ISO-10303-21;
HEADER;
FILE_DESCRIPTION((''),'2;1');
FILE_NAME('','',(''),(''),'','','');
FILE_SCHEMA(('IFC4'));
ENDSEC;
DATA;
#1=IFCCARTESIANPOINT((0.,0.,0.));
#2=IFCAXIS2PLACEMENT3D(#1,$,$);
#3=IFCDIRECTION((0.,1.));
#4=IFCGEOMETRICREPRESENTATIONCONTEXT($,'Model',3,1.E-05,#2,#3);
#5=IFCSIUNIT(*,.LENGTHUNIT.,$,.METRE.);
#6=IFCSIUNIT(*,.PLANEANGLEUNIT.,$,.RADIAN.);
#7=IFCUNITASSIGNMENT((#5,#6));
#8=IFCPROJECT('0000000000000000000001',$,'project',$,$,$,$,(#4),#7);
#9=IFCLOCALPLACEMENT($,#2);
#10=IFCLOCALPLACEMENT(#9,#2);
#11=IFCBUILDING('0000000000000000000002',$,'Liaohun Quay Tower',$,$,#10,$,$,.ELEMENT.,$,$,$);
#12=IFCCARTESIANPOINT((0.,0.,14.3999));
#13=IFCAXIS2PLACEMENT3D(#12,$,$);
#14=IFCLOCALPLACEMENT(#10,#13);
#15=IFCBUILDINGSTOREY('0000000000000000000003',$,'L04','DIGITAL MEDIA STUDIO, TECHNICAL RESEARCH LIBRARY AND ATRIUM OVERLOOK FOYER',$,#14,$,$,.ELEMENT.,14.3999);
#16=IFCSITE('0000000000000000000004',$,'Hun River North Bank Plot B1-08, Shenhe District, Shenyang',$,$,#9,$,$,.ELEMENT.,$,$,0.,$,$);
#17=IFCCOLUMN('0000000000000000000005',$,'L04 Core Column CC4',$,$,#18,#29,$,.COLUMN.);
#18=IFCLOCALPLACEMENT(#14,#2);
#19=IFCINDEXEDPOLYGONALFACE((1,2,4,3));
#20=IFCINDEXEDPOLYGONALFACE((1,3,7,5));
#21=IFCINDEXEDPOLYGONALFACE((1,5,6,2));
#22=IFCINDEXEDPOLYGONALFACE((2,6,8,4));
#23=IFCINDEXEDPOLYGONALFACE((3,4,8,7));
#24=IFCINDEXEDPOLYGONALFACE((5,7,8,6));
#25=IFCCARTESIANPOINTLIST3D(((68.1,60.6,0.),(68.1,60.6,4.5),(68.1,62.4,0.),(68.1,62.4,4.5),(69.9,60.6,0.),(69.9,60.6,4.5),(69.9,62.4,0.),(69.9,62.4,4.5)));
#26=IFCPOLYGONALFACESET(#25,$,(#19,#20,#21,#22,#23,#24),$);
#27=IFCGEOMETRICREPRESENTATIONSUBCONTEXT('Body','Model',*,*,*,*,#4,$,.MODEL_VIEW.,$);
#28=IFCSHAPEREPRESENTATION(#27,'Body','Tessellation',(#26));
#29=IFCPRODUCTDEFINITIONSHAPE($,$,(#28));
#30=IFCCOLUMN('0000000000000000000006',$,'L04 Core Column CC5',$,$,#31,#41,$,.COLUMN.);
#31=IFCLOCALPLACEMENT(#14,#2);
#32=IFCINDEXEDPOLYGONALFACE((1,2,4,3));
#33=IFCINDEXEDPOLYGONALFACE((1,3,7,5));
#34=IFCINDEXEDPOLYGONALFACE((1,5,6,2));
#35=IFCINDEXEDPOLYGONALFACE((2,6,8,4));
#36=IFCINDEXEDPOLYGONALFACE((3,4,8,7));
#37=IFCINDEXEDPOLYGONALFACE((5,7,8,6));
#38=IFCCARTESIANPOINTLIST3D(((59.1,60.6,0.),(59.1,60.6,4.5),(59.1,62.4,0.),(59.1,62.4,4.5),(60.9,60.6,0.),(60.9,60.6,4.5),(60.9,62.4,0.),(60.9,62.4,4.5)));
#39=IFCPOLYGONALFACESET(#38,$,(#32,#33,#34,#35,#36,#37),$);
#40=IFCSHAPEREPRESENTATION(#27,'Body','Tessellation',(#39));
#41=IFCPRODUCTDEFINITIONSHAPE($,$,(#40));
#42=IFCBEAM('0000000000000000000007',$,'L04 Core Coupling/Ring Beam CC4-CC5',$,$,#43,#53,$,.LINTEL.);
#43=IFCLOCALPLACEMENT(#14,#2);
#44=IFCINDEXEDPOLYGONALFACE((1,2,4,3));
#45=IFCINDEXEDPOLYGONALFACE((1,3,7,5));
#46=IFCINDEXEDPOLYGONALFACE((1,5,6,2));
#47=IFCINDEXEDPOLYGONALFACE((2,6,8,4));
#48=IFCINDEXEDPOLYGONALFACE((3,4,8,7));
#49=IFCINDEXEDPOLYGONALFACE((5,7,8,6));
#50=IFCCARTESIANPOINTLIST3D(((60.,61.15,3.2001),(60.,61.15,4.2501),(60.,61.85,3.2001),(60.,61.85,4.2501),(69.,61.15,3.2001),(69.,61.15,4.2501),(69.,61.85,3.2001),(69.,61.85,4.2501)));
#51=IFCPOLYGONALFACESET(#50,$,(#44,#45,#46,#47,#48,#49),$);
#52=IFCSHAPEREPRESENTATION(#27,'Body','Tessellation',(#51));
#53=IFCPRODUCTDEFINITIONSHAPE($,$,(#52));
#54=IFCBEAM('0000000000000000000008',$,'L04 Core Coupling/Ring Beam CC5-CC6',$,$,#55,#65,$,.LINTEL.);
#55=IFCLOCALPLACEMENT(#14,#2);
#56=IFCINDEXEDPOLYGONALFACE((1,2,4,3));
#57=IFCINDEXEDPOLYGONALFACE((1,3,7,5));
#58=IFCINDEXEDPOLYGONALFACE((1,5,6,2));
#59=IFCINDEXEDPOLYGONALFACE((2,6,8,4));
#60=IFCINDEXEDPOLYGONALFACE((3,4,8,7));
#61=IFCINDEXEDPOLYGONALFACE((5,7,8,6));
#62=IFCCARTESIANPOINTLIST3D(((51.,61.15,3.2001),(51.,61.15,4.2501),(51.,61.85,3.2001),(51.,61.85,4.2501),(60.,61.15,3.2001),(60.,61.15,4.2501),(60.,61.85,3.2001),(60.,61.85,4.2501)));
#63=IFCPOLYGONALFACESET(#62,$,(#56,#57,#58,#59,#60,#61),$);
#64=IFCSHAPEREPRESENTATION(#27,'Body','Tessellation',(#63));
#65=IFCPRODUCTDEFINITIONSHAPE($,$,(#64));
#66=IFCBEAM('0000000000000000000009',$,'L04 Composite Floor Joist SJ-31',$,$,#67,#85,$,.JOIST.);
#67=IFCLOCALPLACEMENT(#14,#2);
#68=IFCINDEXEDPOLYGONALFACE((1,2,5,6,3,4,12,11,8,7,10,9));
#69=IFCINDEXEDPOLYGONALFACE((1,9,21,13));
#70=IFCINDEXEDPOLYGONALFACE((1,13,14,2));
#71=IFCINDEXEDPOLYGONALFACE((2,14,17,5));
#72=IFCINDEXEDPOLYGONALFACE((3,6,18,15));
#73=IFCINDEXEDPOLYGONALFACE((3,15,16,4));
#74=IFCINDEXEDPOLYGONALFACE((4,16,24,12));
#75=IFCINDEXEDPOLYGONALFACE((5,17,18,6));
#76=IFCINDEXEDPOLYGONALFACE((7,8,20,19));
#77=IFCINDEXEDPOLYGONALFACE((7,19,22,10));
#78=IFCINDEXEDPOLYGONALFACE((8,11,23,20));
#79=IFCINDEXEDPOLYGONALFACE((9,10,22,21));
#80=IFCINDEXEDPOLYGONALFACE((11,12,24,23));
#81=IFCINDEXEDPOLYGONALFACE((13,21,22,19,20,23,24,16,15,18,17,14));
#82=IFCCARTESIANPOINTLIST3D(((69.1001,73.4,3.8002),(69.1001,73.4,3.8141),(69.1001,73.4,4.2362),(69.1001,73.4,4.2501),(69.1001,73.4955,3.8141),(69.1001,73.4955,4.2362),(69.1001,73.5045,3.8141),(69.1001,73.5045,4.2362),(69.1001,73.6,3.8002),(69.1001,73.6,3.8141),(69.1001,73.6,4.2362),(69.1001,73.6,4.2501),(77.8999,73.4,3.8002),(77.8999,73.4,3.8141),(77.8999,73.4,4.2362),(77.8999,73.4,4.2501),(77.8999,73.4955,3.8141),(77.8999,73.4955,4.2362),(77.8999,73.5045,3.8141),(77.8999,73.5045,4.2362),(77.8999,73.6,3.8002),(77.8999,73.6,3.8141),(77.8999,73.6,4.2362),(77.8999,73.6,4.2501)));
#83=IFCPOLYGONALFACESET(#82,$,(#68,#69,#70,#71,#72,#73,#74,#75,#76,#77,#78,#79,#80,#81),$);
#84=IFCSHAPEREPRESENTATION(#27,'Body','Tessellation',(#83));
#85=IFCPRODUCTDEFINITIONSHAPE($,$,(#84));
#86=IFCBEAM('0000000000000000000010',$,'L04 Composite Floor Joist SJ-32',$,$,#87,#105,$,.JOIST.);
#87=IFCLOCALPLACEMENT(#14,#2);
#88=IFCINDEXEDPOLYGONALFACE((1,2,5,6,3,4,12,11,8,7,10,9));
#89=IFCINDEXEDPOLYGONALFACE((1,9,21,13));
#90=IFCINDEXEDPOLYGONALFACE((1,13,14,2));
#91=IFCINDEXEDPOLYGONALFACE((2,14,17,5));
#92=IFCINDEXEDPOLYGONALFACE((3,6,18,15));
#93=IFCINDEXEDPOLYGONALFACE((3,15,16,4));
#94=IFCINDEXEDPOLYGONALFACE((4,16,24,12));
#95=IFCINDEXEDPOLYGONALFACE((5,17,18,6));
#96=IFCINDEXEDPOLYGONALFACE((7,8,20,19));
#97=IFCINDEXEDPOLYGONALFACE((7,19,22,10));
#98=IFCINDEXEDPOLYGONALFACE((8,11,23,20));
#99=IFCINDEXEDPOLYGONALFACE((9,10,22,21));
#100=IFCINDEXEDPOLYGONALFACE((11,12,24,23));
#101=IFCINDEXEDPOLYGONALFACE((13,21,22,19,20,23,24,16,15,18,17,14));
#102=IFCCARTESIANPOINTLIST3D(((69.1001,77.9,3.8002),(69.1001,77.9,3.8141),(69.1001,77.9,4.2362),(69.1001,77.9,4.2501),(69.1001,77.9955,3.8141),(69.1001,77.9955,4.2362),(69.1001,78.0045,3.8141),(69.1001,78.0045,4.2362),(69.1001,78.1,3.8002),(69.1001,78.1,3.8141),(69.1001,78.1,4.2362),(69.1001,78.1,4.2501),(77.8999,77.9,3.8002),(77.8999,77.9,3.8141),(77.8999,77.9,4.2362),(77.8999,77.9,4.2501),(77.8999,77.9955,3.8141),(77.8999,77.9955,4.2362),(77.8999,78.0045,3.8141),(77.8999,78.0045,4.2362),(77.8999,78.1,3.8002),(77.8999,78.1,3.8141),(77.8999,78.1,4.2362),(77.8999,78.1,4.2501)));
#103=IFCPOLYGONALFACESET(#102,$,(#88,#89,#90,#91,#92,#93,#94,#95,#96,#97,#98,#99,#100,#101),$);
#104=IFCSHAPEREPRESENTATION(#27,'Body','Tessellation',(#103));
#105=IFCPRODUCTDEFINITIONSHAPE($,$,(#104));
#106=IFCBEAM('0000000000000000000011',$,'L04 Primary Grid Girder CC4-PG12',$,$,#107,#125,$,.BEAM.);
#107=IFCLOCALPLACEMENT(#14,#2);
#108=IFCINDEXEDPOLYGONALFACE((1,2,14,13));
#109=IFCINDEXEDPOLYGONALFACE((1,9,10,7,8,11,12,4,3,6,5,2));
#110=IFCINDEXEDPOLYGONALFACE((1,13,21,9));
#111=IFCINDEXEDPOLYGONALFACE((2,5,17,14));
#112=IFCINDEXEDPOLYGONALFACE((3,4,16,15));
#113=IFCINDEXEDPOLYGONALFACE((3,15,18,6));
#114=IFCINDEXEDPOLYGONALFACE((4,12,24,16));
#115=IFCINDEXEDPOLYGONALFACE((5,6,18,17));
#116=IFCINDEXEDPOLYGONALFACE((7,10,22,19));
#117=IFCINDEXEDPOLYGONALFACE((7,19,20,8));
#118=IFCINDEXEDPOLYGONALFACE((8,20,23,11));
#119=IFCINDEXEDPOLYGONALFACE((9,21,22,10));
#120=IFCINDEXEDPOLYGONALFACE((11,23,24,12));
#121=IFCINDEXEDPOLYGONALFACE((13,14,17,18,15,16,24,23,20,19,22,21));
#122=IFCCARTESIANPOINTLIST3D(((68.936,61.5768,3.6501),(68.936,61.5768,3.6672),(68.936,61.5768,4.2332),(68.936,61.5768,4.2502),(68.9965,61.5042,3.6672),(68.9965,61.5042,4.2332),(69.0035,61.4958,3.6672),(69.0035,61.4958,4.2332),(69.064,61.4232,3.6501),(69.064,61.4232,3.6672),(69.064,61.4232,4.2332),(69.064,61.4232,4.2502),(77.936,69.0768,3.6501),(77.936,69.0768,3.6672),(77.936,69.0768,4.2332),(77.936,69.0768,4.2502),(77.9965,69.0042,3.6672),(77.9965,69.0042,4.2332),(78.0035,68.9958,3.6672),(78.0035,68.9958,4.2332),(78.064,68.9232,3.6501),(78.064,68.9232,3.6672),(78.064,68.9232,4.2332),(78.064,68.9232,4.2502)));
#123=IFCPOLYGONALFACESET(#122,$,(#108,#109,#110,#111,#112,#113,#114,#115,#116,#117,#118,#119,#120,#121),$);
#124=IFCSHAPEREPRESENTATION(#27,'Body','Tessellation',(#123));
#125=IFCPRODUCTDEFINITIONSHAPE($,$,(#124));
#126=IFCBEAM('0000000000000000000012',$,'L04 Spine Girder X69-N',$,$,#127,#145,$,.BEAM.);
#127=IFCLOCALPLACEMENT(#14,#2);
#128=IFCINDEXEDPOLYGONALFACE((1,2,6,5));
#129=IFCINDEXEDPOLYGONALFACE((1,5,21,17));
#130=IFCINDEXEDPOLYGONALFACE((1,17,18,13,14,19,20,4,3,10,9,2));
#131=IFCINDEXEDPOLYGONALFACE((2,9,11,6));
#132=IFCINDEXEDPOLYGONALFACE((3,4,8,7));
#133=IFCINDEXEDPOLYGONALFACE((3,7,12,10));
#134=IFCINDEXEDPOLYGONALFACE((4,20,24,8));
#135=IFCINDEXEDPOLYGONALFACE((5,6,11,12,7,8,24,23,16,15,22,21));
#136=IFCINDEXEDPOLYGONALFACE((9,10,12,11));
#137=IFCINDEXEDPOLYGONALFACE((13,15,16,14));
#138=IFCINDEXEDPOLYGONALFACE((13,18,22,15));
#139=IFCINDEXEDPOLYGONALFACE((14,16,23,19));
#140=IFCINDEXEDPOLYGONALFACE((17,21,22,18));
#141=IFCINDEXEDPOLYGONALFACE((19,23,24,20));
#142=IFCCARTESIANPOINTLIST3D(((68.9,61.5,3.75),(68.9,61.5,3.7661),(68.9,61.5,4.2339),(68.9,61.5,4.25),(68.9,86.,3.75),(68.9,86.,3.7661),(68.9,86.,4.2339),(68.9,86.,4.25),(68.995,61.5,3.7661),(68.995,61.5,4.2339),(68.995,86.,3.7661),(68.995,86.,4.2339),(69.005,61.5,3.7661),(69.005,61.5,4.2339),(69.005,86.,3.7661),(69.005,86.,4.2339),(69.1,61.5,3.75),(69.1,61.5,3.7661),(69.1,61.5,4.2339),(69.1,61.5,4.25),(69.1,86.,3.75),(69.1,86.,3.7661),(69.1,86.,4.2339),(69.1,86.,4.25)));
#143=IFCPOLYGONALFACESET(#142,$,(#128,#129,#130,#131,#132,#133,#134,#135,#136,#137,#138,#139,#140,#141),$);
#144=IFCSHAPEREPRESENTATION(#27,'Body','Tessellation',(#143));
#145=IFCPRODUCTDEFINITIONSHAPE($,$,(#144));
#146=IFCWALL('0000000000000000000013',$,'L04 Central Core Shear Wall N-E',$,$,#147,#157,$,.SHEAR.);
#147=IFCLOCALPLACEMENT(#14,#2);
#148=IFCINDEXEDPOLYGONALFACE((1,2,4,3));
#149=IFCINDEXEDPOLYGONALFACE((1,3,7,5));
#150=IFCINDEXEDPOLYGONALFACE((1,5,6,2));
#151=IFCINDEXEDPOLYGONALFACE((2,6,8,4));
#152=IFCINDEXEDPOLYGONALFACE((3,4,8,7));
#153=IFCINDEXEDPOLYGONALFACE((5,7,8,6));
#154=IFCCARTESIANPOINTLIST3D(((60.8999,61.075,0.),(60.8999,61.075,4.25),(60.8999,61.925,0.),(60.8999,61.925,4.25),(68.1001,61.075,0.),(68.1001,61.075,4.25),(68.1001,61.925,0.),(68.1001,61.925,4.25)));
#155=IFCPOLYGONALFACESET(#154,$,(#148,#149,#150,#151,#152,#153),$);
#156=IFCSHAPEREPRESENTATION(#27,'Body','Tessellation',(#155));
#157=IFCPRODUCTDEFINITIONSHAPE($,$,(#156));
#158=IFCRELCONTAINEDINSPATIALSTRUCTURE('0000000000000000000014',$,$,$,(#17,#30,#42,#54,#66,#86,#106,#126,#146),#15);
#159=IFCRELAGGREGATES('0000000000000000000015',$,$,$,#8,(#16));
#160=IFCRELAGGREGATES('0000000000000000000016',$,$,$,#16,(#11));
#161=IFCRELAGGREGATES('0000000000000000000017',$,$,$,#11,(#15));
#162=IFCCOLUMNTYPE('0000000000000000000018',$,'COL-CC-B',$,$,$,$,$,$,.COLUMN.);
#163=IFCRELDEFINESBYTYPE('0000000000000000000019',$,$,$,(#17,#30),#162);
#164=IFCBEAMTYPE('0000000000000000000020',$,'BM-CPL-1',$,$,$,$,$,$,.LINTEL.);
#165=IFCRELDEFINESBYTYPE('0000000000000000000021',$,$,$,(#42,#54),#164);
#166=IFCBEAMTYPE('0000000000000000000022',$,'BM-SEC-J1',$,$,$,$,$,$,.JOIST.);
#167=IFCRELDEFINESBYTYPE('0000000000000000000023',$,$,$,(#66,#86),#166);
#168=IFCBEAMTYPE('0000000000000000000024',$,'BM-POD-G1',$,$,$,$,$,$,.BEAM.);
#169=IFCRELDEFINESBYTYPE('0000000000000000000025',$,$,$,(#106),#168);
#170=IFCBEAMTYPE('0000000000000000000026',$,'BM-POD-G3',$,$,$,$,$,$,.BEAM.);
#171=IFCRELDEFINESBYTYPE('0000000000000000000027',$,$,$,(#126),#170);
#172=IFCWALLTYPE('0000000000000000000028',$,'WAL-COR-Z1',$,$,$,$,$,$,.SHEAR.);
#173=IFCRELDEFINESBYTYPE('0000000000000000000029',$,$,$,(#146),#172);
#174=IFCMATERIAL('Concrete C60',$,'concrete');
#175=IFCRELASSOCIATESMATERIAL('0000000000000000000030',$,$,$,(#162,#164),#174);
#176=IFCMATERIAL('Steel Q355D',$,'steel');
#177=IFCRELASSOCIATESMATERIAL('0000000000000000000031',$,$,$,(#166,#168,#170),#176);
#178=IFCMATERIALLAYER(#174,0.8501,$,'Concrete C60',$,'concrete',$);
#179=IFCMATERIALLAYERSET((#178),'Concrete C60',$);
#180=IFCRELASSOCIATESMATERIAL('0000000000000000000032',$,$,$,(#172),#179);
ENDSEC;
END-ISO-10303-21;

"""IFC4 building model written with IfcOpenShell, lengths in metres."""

from ifc_helpers import new_model, si_unit, direction, frame, frame_2d, origin, origin_2d, place, context, subcontext, project, spatial, rectangle, i_section, extrude, source, transform, mapped, material, layer, layer_set, material_profile, profile_set, type_object, element, save


model = new_model("IFC4")

# Units and contexts
model_context = context("Model", 3, precision=1e-05, world=origin(), true_north=direction((0.0, 1.0)))
body_context = subcontext(model_context, "Body", "Model", "MODEL_VIEW")
ifc_project = project(units=[si_unit("LENGTHUNIT", "METRE"), si_unit("PLANEANGLEUNIT", "RADIAN")], contexts=[model_context])

# Site, building, storey
site_placement = place(None, origin())
site = spatial("IfcSite", under=ifc_project, at=site_placement, Name="Hun River North Bank Plot B1-08, Shenhe District, Shenyang", CompositionType="ELEMENT", RefElevation=0.0)
building_placement = place(site_placement, origin())
building = spatial("IfcBuilding", under=site, at=building_placement, Name="Liaohun Quay Tower", CompositionType="ELEMENT")
storey_placement = place(building_placement, frame((0.0, 0.0, 14.3999)))
storey = spatial("IfcBuildingStorey", under=building, at=storey_placement, Name="L04", Description="DIGITAL MEDIA STUDIO, TECHNICAL RESEARCH LIBRARY AND ATRIUM OVERLOOK FOYER", CompositionType="ELEMENT", Elevation=14.3999)

# Columns
ifc_material_1 = material(Name="Concrete C60", Category="concrete")
ifc_material_profile_1 = material_profile(ifc_material_1, rectangle(XDim=1.8, YDim=1.8, at=origin_2d()), Name="RC1800x1800")
ifc_profile_set_1 = profile_set([ifc_material_profile_1], Name="Concrete C60")
column_type = type_object("IfcColumnType", Name="COL-CC-B", PredefinedType="COLUMN", material=ifc_profile_set_1)
shared_shape_1 = source(origin(), body_context, "Body", "SweptSolid", [
    extrude(rectangle(XDim=1.8, YDim=1.8, at=origin_2d()), origin(), (0.0, 0.0, 1.0), 4.5),
])
for number, where, z_axis, x_axis, name in (
    (1, (69.0, 61.5, 0.0), (0.0, 0.0, 1.0), (1.0, 0.0, 0.0), "L04 Core Column CC4"),
    (2, (60.0, 61.5, 0.0), (0.0, 0.0, 1.0), (1.0, 0.0, 0.0), "L04 Core Column CC5"),
):
    element("IfcColumn", number, at=place(storey_placement, frame(where, z_axis=z_axis, x_axis=x_axis)), inside=storey, type_object=column_type, Name=name, PredefinedType="COLUMN", context=body_context, shape_type="MappedRepresentation", body=[
        mapped(shared_shape_1, transform((0.0, 0.0, 0.0), x_axis=(1.0, 0.0, 0.0), y_axis=(0.0, 1.0, 0.0), z_axis=(0.0, 0.0, 1.0), scale=1.0)),
    ])

# Beams
ifc_material_profile_2 = material_profile(ifc_material_1, rectangle(XDim=0.7, YDim=1.05, at=origin_2d()), Name="RC700x1050")
ifc_profile_set_2 = profile_set([ifc_material_profile_2], Name="Concrete C60")
beam_type_1 = type_object("IfcBeamType", Name="BM-CPL-1", PredefinedType="LINTEL", material=ifc_profile_set_2)
shared_shape_2 = source(origin(), body_context, "Body", "SweptSolid", [
    extrude(rectangle(XDim=0.7, YDim=1.05, at=origin_2d()), origin(), (0.0, 0.0, 1.0), 9.0),
])
for number, where, z_axis, x_axis, name in (
    (3, (69.0, 61.5, 3.7251), (-1.0, 0.0, 0.0), (0.0, -1.0, 0.0), "L04 Core Coupling/Ring Beam CC4-CC5"),
    (4, (60.0, 61.5, 3.7251), (-1.0, 0.0, 0.0), (0.0, -1.0, 0.0), "L04 Core Coupling/Ring Beam CC5-CC6"),
):
    element("IfcBeam", number, at=place(storey_placement, frame(where, z_axis=z_axis, x_axis=x_axis)), inside=storey, type_object=beam_type_1, Name=name, PredefinedType="LINTEL", context=body_context, shape_type="MappedRepresentation", body=[
        mapped(shared_shape_2, transform((0.0, 0.0, 0.0), x_axis=(1.0, 0.0, 0.0), y_axis=(0.0, 1.0, 0.0), z_axis=(0.0, 0.0, 1.0), scale=1.0)),
    ])
ifc_material_2 = material(Name="Steel Q355D", Category="steel")
ifc_material_profile_3 = material_profile(ifc_material_2, i_section(OverallWidth=0.2, OverallDepth=0.45, WebThickness=0.009, FlangeThickness=0.0139, at=origin_2d()), Name="HN450x200x9x14")
ifc_profile_set_3 = profile_set([ifc_material_profile_3], Name="Steel Q355D")
beam_type_2 = type_object("IfcBeamType", Name="BM-SEC-J1", PredefinedType="JOIST", material=ifc_profile_set_3)
shared_shape_3 = source(origin(), body_context, "Body", "SweptSolid", [
    extrude(i_section(OverallWidth=0.2, OverallDepth=0.45, WebThickness=0.009, FlangeThickness=0.0139, at=origin_2d()), origin(), (0.0, 0.0, 1.0), 8.7998),
])
for number, where, z_axis, x_axis, name in (
    (5, (69.1001, 73.5, 4.0251), (1.0, 0.0, 0.0), (0.0, 1.0, 0.0), "L04 Composite Floor Joist SJ-31"),
    (6, (69.1001, 78.0, 4.0251), (1.0, 0.0, 0.0), (0.0, 1.0, 0.0), "L04 Composite Floor Joist SJ-32"),
):
    element("IfcBeam", number, at=place(storey_placement, frame(where, z_axis=z_axis, x_axis=x_axis)), inside=storey, type_object=beam_type_2, Name=name, PredefinedType="JOIST", context=body_context, shape_type="MappedRepresentation", body=[
        mapped(shared_shape_3, transform((0.0, 0.0, 0.0), x_axis=(1.0, 0.0, 0.0), y_axis=(0.0, 1.0, 0.0), z_axis=(0.0, 0.0, 1.0), scale=1.0)),
    ])
ifc_material_profile_4 = material_profile(ifc_material_2, i_section(OverallWidth=0.2, OverallDepth=0.6001, WebThickness=0.011, FlangeThickness=0.0171, at=origin_2d()), Name="HN600x200x11x17")
ifc_profile_set_4 = profile_set([ifc_material_profile_4], Name="Steel Q355D")
beam_type_3 = type_object("IfcBeamType", Name="BM-POD-G1", PredefinedType="BEAM", material=ifc_profile_set_4)
shared_shape_4 = source(origin(), body_context, "Body", "SweptSolid", [
    extrude(i_section(OverallWidth=0.2, OverallDepth=0.6001, WebThickness=0.011, FlangeThickness=0.0171, at=origin_2d()), origin(), (0.0, 0.0, 1.0), 11.7153),
])
beam_1_placement = place(storey_placement, frame((69.0, 61.5, 3.9502), z_axis=(0.768221, 0.640184, 0.0), x_axis=(-0.640184, 0.768221, 0.0)))
element("IfcBeam", 7, at=beam_1_placement, inside=storey, type_object=beam_type_3, Name="L04 Primary Grid Girder CC4-PG12", PredefinedType="BEAM", context=body_context, shape_type="MappedRepresentation", body=[
    mapped(shared_shape_4, transform((0.0, 0.0, 0.0), x_axis=(1.0, 0.0, 0.0), y_axis=(0.0, 1.0, 0.0), z_axis=(0.0, 0.0, 1.0), scale=1.0)),
])
ifc_material_profile_5 = material_profile(ifc_material_2, i_section(OverallWidth=0.2, OverallDepth=0.5, WebThickness=0.01, FlangeThickness=0.0161, at=origin_2d()), Name="HN500x200x10x16")
ifc_profile_set_5 = profile_set([ifc_material_profile_5], Name="Steel Q355D")
beam_type_4 = type_object("IfcBeamType", Name="BM-POD-G3", PredefinedType="BEAM", material=ifc_profile_set_5)
shared_shape_5 = source(origin(), body_context, "Body", "SweptSolid", [
    extrude(i_section(OverallWidth=0.2, OverallDepth=0.5, WebThickness=0.01, FlangeThickness=0.0161, at=origin_2d()), origin(), (0.0, 0.0, 1.0), 24.5),
])
beam_2_placement = place(storey_placement, frame((69.0, 61.5, 4.0), z_axis=(0.0, 1.0, 0.0), x_axis=(-1.0, 0.0, 0.0)))
element("IfcBeam", 8, at=beam_2_placement, inside=storey, type_object=beam_type_4, Name="L04 Spine Girder X69-N", PredefinedType="BEAM", context=body_context, shape_type="MappedRepresentation", body=[
    mapped(shared_shape_5, transform((0.0, 0.0, 0.0), x_axis=(1.0, 0.0, 0.0), y_axis=(0.0, 1.0, 0.0), z_axis=(0.0, 0.0, 1.0), scale=1.0)),
])

# Wall
ifc_layer_1 = layer(ifc_material_1, 0.8501, Name="Concrete C60", Category="concrete")
ifc_layer_set_1 = layer_set([ifc_layer_1], Name="Concrete C60")
wall_type_1 = type_object("IfcWallType", Name="WAL-COR-Z1", PredefinedType="SHEAR", material=ifc_layer_set_1)
wall_1_placement = place(storey_placement, frame((60.8999, 61.5, 0.0), z_axis=(0.0, 0.0, 1.0), x_axis=(1.0, 0.0, 0.0)))
element("IfcWall", 9, at=wall_1_placement, inside=storey, type_object=wall_type_1, Name="L04 Central Core Shear Wall N-E", PredefinedType="SHEAR", context=body_context, shape_type="SweptSolid", body=[
    extrude(rectangle(XDim=7.2002, YDim=0.8501, at=frame_2d((3.6001, 0.0))), origin(), (0.0, 0.0, 1.0), 4.25),
])

save(model, "model.ifc")
